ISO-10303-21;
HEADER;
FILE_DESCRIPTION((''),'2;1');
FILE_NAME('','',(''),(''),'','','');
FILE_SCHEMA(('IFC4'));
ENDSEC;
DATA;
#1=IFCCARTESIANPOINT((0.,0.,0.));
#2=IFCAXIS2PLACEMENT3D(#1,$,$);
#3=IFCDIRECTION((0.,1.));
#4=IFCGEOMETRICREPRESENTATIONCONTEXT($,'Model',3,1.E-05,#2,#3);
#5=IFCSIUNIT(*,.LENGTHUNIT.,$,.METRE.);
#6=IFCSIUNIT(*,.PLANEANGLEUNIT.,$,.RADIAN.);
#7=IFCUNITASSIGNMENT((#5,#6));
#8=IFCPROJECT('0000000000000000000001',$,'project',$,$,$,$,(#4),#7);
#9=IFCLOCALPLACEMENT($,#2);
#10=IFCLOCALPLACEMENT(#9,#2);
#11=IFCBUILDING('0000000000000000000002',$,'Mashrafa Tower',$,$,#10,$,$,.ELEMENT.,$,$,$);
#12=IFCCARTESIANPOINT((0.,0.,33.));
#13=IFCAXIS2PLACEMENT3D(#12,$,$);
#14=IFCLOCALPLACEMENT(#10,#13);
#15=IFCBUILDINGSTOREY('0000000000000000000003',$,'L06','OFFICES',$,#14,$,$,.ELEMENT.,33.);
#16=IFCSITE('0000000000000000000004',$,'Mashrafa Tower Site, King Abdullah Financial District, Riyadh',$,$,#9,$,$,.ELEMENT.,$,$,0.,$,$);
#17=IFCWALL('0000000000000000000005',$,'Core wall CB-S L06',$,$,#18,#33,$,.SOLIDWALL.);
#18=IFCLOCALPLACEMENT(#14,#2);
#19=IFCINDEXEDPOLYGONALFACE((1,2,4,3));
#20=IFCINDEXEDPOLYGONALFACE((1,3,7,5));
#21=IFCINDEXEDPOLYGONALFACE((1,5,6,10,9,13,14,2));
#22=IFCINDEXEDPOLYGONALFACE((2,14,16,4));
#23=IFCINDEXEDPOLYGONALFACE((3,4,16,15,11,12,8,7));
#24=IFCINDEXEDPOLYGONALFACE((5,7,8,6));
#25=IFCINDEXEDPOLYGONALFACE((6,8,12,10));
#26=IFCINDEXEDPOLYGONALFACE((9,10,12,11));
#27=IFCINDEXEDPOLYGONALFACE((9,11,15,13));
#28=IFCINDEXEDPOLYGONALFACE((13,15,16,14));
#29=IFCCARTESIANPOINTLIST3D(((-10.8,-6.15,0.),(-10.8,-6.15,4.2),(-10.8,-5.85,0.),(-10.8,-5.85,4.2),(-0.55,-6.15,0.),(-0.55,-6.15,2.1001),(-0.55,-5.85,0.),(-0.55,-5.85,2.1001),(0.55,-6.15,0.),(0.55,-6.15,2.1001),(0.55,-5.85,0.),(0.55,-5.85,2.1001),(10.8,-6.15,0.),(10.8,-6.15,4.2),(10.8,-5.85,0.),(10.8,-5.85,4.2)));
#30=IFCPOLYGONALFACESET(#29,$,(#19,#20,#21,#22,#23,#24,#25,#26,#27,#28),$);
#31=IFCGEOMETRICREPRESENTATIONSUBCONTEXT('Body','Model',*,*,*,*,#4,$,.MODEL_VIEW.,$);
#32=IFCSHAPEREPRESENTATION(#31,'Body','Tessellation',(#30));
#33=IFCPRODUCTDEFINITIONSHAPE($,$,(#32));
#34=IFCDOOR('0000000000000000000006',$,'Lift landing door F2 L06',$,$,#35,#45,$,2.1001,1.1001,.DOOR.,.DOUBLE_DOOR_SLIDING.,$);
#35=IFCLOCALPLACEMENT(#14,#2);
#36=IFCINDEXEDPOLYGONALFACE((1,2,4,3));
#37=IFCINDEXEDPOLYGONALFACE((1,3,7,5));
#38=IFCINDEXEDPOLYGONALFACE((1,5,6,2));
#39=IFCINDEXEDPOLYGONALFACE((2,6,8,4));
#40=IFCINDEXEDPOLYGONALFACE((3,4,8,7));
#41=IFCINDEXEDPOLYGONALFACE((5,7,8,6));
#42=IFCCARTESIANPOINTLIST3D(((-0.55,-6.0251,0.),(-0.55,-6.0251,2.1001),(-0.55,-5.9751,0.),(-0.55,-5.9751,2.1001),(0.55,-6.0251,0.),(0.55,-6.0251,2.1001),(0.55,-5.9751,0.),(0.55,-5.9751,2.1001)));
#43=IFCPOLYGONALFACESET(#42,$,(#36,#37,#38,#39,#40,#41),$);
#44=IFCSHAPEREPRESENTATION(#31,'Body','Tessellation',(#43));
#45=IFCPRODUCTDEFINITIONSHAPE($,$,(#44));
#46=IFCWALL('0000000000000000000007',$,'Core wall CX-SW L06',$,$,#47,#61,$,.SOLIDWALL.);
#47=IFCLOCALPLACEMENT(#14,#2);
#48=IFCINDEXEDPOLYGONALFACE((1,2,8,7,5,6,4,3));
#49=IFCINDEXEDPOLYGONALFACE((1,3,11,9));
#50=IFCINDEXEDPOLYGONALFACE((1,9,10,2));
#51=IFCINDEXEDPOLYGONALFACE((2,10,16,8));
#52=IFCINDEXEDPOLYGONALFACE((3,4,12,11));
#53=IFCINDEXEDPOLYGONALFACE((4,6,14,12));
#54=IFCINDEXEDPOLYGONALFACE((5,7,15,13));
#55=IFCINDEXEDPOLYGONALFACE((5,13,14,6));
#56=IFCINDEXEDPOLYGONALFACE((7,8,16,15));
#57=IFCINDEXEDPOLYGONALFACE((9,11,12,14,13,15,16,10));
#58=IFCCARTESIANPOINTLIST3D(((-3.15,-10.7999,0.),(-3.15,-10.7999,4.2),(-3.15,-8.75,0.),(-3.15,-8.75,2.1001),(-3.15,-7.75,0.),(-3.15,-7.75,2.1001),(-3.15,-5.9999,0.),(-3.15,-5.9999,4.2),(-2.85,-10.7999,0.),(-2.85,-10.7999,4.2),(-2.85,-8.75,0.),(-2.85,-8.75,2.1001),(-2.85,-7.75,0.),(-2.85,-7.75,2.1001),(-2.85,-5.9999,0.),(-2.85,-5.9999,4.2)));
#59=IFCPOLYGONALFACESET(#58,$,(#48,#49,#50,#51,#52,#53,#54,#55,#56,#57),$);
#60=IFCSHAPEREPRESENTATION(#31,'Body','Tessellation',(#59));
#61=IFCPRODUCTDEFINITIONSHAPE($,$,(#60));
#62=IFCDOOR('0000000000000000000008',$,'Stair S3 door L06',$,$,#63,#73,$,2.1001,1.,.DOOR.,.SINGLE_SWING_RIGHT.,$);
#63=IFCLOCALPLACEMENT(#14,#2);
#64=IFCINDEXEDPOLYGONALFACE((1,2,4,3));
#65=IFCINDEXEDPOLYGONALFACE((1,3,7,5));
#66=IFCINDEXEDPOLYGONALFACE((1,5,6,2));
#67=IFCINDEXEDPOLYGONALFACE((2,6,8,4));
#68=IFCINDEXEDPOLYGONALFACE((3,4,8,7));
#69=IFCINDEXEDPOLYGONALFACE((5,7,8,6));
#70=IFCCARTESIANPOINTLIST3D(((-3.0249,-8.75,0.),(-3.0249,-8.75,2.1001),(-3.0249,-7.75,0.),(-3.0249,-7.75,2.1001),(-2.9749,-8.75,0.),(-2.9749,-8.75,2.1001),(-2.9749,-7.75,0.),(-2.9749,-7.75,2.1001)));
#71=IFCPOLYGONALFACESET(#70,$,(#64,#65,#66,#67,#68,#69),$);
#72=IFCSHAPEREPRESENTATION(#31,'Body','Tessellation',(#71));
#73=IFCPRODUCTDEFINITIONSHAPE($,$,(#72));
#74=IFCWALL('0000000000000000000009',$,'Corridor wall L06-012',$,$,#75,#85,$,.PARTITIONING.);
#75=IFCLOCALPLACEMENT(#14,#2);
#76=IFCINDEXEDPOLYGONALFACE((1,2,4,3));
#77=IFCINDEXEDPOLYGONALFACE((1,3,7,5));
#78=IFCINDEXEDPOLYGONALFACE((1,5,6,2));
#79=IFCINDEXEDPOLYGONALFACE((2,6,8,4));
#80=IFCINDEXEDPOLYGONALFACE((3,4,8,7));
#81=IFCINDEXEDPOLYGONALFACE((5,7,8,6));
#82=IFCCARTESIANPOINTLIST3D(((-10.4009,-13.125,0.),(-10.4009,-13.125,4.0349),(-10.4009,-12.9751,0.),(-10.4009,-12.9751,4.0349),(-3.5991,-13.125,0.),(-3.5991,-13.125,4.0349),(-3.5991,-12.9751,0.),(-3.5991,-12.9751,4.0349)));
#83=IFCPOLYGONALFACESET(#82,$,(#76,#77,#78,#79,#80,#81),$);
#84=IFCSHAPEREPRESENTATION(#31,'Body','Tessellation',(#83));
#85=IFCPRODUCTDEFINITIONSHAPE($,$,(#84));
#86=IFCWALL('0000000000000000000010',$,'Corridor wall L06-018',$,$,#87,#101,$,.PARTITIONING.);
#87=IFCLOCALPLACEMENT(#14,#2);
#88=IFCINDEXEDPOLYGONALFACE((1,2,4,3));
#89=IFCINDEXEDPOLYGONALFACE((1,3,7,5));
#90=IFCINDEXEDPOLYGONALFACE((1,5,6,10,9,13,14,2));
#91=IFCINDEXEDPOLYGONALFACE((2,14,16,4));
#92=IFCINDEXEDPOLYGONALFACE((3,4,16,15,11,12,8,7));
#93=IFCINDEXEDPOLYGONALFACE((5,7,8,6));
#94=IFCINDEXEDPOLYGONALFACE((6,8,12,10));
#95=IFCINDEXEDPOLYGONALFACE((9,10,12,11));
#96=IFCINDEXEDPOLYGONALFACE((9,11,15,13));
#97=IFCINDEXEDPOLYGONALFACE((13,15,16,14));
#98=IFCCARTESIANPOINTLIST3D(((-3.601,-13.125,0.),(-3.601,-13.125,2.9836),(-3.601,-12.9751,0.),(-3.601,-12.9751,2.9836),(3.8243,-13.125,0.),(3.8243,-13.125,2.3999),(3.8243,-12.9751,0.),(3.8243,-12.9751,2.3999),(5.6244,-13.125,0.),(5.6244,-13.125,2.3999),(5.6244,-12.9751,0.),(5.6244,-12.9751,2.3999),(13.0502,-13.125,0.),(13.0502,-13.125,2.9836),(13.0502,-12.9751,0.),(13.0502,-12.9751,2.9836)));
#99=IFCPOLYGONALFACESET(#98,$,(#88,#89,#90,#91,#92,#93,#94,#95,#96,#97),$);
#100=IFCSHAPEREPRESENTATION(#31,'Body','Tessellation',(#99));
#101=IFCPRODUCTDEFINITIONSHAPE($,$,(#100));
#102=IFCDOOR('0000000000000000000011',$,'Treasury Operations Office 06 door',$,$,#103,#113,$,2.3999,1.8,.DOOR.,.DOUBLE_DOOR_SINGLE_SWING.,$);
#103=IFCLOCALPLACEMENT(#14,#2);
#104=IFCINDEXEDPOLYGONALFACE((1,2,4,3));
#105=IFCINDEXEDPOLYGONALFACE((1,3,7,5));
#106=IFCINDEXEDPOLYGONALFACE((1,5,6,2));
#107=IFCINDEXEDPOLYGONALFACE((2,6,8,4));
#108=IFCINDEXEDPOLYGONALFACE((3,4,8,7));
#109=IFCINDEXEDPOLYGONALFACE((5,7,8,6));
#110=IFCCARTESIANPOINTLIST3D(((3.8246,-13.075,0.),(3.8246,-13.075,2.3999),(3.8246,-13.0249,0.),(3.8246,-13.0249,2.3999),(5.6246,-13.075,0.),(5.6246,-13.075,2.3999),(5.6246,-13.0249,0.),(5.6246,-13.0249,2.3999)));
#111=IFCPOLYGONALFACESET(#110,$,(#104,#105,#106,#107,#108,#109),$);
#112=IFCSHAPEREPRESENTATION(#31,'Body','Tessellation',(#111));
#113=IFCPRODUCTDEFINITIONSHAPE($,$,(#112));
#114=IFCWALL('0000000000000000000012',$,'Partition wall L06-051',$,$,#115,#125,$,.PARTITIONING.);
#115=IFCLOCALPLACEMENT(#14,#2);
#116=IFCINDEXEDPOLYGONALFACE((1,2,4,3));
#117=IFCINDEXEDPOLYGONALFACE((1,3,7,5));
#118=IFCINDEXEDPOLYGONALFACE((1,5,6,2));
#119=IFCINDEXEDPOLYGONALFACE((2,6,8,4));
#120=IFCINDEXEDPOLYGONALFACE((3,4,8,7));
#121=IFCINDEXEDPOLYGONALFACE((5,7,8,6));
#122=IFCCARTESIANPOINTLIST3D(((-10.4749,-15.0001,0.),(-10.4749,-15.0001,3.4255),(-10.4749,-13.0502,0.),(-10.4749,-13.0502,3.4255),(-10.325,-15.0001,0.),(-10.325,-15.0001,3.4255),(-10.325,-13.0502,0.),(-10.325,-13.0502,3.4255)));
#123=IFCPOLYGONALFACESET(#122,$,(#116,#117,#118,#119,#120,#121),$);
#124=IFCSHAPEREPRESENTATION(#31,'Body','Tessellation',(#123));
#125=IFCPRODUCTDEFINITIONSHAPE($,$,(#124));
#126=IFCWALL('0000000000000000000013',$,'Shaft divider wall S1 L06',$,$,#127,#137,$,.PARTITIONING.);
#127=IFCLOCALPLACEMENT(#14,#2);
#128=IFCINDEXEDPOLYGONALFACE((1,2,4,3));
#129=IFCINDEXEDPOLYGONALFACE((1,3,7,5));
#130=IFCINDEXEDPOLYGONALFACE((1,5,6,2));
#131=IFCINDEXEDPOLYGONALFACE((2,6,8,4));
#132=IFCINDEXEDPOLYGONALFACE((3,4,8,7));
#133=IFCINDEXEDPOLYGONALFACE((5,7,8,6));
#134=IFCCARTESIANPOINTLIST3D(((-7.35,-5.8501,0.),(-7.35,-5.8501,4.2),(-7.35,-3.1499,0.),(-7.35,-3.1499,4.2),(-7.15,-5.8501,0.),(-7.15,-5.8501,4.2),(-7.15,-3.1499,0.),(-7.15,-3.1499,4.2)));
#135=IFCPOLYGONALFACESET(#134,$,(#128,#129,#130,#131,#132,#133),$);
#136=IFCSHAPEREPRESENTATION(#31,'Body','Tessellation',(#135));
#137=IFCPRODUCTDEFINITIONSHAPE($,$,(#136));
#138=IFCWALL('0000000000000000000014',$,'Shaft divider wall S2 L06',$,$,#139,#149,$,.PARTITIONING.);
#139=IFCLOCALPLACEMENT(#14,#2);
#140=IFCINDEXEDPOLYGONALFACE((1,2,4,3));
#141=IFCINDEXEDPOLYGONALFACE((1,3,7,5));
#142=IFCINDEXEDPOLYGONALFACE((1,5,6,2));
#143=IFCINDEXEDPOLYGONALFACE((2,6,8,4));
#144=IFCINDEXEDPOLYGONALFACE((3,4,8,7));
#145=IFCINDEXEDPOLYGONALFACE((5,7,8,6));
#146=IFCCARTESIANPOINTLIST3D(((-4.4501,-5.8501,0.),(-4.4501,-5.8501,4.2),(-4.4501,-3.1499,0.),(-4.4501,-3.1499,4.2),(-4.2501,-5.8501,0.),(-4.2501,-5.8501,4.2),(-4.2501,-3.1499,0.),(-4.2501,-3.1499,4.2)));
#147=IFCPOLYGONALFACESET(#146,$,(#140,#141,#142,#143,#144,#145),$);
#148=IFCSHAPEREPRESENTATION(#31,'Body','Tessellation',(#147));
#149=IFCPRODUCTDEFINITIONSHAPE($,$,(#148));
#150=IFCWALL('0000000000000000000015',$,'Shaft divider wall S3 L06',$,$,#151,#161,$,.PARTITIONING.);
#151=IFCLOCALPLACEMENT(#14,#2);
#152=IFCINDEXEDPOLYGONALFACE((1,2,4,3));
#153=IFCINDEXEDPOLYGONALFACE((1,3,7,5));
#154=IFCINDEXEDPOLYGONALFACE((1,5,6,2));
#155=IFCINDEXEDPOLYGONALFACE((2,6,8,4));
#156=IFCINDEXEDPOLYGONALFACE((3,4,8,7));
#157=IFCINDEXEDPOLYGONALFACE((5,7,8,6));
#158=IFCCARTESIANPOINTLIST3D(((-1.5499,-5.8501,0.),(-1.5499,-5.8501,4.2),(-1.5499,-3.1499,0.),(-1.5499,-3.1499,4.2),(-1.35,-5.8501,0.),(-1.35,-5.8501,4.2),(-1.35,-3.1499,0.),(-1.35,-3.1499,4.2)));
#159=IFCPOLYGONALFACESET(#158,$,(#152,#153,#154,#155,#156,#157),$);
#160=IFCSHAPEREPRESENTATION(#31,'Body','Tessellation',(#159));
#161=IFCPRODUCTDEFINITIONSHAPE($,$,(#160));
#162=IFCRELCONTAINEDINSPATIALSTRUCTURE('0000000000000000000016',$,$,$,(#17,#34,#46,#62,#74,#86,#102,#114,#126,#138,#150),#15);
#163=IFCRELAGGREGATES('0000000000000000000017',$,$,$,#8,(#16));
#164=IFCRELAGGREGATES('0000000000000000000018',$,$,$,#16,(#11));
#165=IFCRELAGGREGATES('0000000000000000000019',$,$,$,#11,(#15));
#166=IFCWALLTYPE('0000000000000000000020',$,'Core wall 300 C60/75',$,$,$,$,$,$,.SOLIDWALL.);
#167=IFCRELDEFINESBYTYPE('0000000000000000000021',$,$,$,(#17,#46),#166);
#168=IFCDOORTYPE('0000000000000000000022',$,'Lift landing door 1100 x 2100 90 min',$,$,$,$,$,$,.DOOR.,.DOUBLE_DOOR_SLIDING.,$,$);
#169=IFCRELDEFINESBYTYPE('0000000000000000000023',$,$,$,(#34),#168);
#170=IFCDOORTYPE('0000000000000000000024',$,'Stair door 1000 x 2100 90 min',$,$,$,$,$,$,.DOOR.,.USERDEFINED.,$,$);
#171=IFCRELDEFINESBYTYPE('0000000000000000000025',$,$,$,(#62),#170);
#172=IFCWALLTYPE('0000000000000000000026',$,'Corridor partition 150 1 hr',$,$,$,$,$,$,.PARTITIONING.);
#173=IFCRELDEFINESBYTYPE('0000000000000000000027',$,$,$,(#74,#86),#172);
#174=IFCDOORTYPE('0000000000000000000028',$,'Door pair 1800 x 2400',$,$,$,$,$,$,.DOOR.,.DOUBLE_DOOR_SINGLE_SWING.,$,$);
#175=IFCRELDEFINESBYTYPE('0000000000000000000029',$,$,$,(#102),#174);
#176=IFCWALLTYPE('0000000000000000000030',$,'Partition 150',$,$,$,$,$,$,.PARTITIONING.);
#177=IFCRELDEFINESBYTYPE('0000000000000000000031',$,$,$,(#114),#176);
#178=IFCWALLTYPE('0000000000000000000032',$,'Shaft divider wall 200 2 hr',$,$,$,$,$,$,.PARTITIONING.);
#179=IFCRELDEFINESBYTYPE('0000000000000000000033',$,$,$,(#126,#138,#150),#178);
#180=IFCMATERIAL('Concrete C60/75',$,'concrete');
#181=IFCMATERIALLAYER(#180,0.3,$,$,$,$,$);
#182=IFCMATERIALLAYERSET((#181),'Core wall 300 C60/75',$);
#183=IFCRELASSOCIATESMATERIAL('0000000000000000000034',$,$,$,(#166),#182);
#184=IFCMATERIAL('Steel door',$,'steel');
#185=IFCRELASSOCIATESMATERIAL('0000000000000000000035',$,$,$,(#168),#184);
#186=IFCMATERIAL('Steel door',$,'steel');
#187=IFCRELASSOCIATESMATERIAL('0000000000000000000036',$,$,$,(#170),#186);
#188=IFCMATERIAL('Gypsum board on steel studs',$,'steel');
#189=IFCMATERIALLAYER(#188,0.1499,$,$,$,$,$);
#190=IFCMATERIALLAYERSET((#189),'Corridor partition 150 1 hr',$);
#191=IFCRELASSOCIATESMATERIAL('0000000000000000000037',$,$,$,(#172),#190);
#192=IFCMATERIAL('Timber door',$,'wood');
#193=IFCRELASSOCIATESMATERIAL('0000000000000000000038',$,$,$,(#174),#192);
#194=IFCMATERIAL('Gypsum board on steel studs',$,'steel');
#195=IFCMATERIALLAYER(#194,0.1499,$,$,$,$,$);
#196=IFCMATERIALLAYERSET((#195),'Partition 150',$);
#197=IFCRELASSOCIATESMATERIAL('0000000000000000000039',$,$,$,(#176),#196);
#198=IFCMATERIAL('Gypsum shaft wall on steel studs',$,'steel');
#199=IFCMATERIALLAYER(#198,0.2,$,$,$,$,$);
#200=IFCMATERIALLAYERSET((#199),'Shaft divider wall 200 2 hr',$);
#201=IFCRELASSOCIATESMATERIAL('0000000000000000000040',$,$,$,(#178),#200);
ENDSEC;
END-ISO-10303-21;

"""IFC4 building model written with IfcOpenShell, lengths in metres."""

from ifc_helpers import new_model, si_unit, direction, frame, frame_2d, origin, place, context, subcontext, project, spatial, rectangle, extrude, material, layer, layer_set, type_object, element, fill, save


model = new_model("IFC4")

# Units and contexts
model_context = context("Model", 3, precision=1e-05, world=origin(), true_north=direction((0.0, 1.0)))
body_context = subcontext(model_context, "Body", "Model", "MODEL_VIEW")
ifc_project = project(units=[si_unit("LENGTHUNIT", "METRE"), si_unit("PLANEANGLEUNIT", "RADIAN")], contexts=[model_context])

# Site, building, storey
site_placement = place(None, origin())
site = spatial("IfcSite", under=ifc_project, at=site_placement, Name="Mashrafa Tower Site, King Abdullah Financial District, Riyadh", CompositionType="ELEMENT", RefElevation=0.0)
building_placement = place(site_placement, origin())
building = spatial("IfcBuilding", under=site, at=building_placement, Name="Mashrafa Tower", CompositionType="ELEMENT")
storey_placement = place(building_placement, frame((0.0, 0.0, 33.0)))
storey = spatial("IfcBuildingStorey", under=building, at=storey_placement, Name="L06", Description="OFFICES", CompositionType="ELEMENT", Elevation=33.0)

# Shared definitions
ifc_material_1 = material(Name="Concrete C60/75", Category="concrete")
ifc_layer_1 = layer(ifc_material_1, 0.3)
ifc_layer_set_1 = layer_set([ifc_layer_1], Name="Core wall 300 C60/75")
wall_type_1 = type_object("IfcWallType", Name="Core wall 300 C60/75", PredefinedType="SOLIDWALL", material=ifc_layer_set_1)

# Walls, openings, doors
wall_1_placement = place(storey_placement, frame((-10.8, -6.0, 0.0), z_axis=(0.0, 0.0, 1.0), x_axis=(1.0, 0.0, 0.0)))
wall_1 = element("IfcWall", 1, at=wall_1_placement, inside=storey, type_object=wall_type_1, Name="Core wall CB-S L06", PredefinedType="SOLIDWALL", context=body_context, shape_type="SweptSolid", body=[
    extrude(rectangle(XDim=21.6001, YDim=0.3, at=frame_2d((10.8, 0.0))), origin(), (0.0, 0.0, 1.0), 4.2),
])
opening_1_placement = place(wall_1_placement, frame((10.25, 0.0, 0.0)))
opening_1 = element("IfcOpeningElement", 2, at=opening_1_placement, cuts=wall_1, PredefinedType="OPENING", context=body_context, shape_type="SweptSolid", body=[
    extrude(rectangle(XDim=1.1001, YDim=2.1001, at=frame_2d((0.55, 1.05))), frame((0.0, 0.1599, 0.0), z_axis=(0.0, -1.0, 0.0), x_axis=(1.0, 0.0, 0.0)), (0.0, 0.0, 1.0), 0.3201),
])
ifc_material_2 = material(Name="Steel door", Category="steel")
door_type_1 = type_object("IfcDoorType", Name="Lift landing door 1100 x 2100 90 min", OperationType="DOUBLE_DOOR_SLIDING", PredefinedType="DOOR", material=ifc_material_2)
door_1_placement = place(opening_1_placement, origin())
door_1 = element("IfcDoor", 3, at=door_1_placement, inside=storey, type_object=door_type_1, Name="Lift landing door F2 L06", OperationType="DOUBLE_DOOR_SLIDING", OverallHeight=2.1001, OverallWidth=1.1001, PredefinedType="DOOR", context=body_context, shape_type="SweptSolid", body=[
    extrude(rectangle(XDim=1.1001, YDim=2.1001, at=frame_2d((0.55, 1.05))), frame((0.0, 0.0249, 0.0), z_axis=(0.0, -1.0, 0.0), x_axis=(1.0, 0.0, 0.0)), (0.0, 0.0, 1.0), 0.05),
])
fill(opening_1, door_1)
wall_2_placement = place(storey_placement, frame((-3.0, -6.0, 0.0), z_axis=(0.0, 0.0, 1.0), x_axis=(0.0, -1.0, 0.0)))
wall_2 = element("IfcWall", 4, at=wall_2_placement, inside=storey, type_object=wall_type_1, Name="Core wall CX-SW L06", PredefinedType="SOLIDWALL", context=body_context, shape_type="SweptSolid", body=[
    extrude(rectangle(XDim=4.8, YDim=0.3, at=frame_2d((2.3999, 0.0))), origin(), (0.0, 0.0, 1.0), 4.2),
])
opening_2_placement = place(wall_2_placement, frame((1.75, 0.0, 0.0)))
opening_2 = element("IfcOpeningElement", 5, at=opening_2_placement, cuts=wall_2, PredefinedType="OPENING", context=body_context, shape_type="SweptSolid", body=[
    extrude(rectangle(XDim=1.0, YDim=2.1001, at=frame_2d((0.5, 1.05))), frame((0.0, 0.1599, 0.0), z_axis=(0.0, -1.0, 0.0), x_axis=(1.0, 0.0, 0.0)), (0.0, 0.0, 1.0), 0.3201),
])
ifc_material_3 = material(Name="Steel door", Category="steel")
door_type_2 = type_object("IfcDoorType", Name="Stair door 1000 x 2100 90 min", OperationType="USERDEFINED", PredefinedType="DOOR", material=ifc_material_3)
door_2_placement = place(opening_2_placement, frame((1.0, 0.0, 0.0), z_axis=(0.0, 0.0, 1.0), x_axis=(-1.0, 0.0, 0.0)))
door_2 = element("IfcDoor", 6, at=door_2_placement, inside=storey, type_object=door_type_2, Name="Stair S3 door L06", OperationType="SINGLE_SWING_RIGHT", OverallHeight=2.1001, OverallWidth=1.0, PredefinedType="DOOR", context=body_context, shape_type="SweptSolid", body=[
    extrude(rectangle(XDim=1.0, YDim=2.1001, at=frame_2d((0.5, 1.05))), frame((0.0, 0.0249, 0.0), z_axis=(0.0, -1.0, 0.0), x_axis=(1.0, 0.0, 0.0)), (0.0, 0.0, 1.0), 0.05),
])
fill(opening_2, door_2)

# Wall
ifc_material_4 = material(Name="Gypsum board on steel studs", Category="steel")
ifc_layer_2 = layer(ifc_material_4, 0.1499)
ifc_layer_set_2 = layer_set([ifc_layer_2], Name="Corridor partition 150 1 hr")
wall_type_2 = type_object("IfcWallType", Name="Corridor partition 150 1 hr", PredefinedType="PARTITIONING", material=ifc_layer_set_2)
wall_3_placement = place(storey_placement, frame((-10.4009, -13.05, 0.0), z_axis=(0.0, 0.0, 1.0), x_axis=(1.0, 0.0, 0.0)))
element("IfcWall", 7, at=wall_3_placement, inside=storey, type_object=wall_type_2, Name="Corridor wall L06-012", PredefinedType="PARTITIONING", context=body_context, shape_type="SweptSolid", body=[
    extrude(rectangle(XDim=6.8018, YDim=0.1499, at=frame_2d((3.4009, 0.0))), origin(), (0.0, 0.0, 1.0), 4.0349),
])

# Wall, opening, door
wall_4_placement = place(storey_placement, frame((-3.6011, -13.05, 0.0), z_axis=(0.0, 0.0, 1.0), x_axis=(1.0, 0.0, 0.0)))
wall_4 = element("IfcWall", 8, at=wall_4_placement, inside=storey, type_object=wall_type_2, Name="Corridor wall L06-018", PredefinedType="PARTITIONING", context=body_context, shape_type="SweptSolid", body=[
    extrude(rectangle(XDim=16.6511, YDim=0.1499, at=frame_2d((8.3257, 0.0))), origin(), (0.0, 0.0, 1.0), 2.9836),
])
opening_3_placement = place(wall_4_placement, frame((7.4255, 0.0, 0.0)))
opening_3 = element("IfcOpeningElement", 9, at=opening_3_placement, cuts=wall_4, PredefinedType="OPENING", context=body_context, shape_type="SweptSolid", body=[
    extrude(rectangle(XDim=1.8, YDim=2.3999, at=frame_2d((0.8999, 1.2))), frame((0.0, 0.085, 0.0), z_axis=(0.0, -1.0, 0.0), x_axis=(1.0, 0.0, 0.0)), (0.0, 0.0, 1.0), 0.1699),
])
ifc_material_5 = material(Name="Timber door", Category="wood")
door_type_3 = type_object("IfcDoorType", Name="Door pair 1800 x 2400", OperationType="DOUBLE_DOOR_SINGLE_SWING", PredefinedType="DOOR", material=ifc_material_5)
door_3_placement = place(opening_3_placement, frame((1.8, 0.0, 0.0), z_axis=(0.0, 0.0, 1.0), x_axis=(-1.0, 0.0, 0.0)))
door_3 = element("IfcDoor", 10, at=door_3_placement, inside=storey, type_object=door_type_3, Name="Treasury Operations Office 06 door", OperationType="DOUBLE_DOOR_SINGLE_SWING", OverallHeight=2.3999, OverallWidth=1.8, PredefinedType="DOOR", context=body_context, shape_type="SweptSolid", body=[
    extrude(rectangle(XDim=1.8, YDim=2.3999, at=frame_2d((0.8999, 1.2))), frame((0.0, 0.0249, 0.0), z_axis=(0.0, -1.0, 0.0), x_axis=(1.0, 0.0, 0.0)), (0.0, 0.0, 1.0), 0.05),
])
fill(opening_3, door_3)

# Walls
ifc_material_6 = material(Name="Gypsum board on steel studs", Category="steel")
ifc_layer_3 = layer(ifc_material_6, 0.1499)
ifc_layer_set_3 = layer_set([ifc_layer_3], Name="Partition 150")
wall_type_3 = type_object("IfcWallType", Name="Partition 150", PredefinedType="PARTITIONING", material=ifc_layer_set_3)
wall_5_placement = place(storey_placement, frame((-10.3999, -13.05, 0.0), z_axis=(0.0, 0.0, 1.0), x_axis=(0.0, -1.0, 0.0)))
element("IfcWall", 11, at=wall_5_placement, inside=storey, type_object=wall_type_3, Name="Partition wall L06-051", PredefinedType="PARTITIONING", context=body_context, shape_type="SweptSolid", body=[
    extrude(rectangle(XDim=1.95, YDim=0.1499, at=frame_2d((0.9751, 0.0))), origin(), (0.0, 0.0, 1.0), 3.4255),
])
ifc_material_7 = material(Name="Gypsum shaft wall on steel studs", Category="steel")
ifc_layer_4 = layer(ifc_material_7, 0.2)
ifc_layer_set_4 = layer_set([ifc_layer_4], Name="Shaft divider wall 200 2 hr")
wall_type_4 = type_object("IfcWallType", Name="Shaft divider wall 200 2 hr", PredefinedType="PARTITIONING", material=ifc_layer_set_4)
for number, where, z_axis, x_axis, name in (
    (12, (-7.25, -5.8501, 0.0), (0.0, 0.0, 1.0), (0.0, 1.0, 0.0), "Shaft divider wall S1 L06"),
    (13, (-4.3501, -5.8501, 0.0), (0.0, 0.0, 1.0), (0.0, 1.0, 0.0), "Shaft divider wall S2 L06"),
    (14, (-1.45, -5.8501, 0.0), (0.0, 0.0, 1.0), (0.0, 1.0, 0.0), "Shaft divider wall S3 L06"),
):
    element("IfcWall", number, at=place(storey_placement, frame(where, z_axis=z_axis, x_axis=x_axis)), inside=storey, type_object=wall_type_4, Name=name, PredefinedType="PARTITIONING", context=body_context, shape_type="SweptSolid", body=[
        extrude(rectangle(XDim=2.7002, YDim=0.2, at=frame_2d((1.3501, 0.0))), origin(), (0.0, 0.0, 1.0), 4.2),
    ])

save(model, "model.ifc")
